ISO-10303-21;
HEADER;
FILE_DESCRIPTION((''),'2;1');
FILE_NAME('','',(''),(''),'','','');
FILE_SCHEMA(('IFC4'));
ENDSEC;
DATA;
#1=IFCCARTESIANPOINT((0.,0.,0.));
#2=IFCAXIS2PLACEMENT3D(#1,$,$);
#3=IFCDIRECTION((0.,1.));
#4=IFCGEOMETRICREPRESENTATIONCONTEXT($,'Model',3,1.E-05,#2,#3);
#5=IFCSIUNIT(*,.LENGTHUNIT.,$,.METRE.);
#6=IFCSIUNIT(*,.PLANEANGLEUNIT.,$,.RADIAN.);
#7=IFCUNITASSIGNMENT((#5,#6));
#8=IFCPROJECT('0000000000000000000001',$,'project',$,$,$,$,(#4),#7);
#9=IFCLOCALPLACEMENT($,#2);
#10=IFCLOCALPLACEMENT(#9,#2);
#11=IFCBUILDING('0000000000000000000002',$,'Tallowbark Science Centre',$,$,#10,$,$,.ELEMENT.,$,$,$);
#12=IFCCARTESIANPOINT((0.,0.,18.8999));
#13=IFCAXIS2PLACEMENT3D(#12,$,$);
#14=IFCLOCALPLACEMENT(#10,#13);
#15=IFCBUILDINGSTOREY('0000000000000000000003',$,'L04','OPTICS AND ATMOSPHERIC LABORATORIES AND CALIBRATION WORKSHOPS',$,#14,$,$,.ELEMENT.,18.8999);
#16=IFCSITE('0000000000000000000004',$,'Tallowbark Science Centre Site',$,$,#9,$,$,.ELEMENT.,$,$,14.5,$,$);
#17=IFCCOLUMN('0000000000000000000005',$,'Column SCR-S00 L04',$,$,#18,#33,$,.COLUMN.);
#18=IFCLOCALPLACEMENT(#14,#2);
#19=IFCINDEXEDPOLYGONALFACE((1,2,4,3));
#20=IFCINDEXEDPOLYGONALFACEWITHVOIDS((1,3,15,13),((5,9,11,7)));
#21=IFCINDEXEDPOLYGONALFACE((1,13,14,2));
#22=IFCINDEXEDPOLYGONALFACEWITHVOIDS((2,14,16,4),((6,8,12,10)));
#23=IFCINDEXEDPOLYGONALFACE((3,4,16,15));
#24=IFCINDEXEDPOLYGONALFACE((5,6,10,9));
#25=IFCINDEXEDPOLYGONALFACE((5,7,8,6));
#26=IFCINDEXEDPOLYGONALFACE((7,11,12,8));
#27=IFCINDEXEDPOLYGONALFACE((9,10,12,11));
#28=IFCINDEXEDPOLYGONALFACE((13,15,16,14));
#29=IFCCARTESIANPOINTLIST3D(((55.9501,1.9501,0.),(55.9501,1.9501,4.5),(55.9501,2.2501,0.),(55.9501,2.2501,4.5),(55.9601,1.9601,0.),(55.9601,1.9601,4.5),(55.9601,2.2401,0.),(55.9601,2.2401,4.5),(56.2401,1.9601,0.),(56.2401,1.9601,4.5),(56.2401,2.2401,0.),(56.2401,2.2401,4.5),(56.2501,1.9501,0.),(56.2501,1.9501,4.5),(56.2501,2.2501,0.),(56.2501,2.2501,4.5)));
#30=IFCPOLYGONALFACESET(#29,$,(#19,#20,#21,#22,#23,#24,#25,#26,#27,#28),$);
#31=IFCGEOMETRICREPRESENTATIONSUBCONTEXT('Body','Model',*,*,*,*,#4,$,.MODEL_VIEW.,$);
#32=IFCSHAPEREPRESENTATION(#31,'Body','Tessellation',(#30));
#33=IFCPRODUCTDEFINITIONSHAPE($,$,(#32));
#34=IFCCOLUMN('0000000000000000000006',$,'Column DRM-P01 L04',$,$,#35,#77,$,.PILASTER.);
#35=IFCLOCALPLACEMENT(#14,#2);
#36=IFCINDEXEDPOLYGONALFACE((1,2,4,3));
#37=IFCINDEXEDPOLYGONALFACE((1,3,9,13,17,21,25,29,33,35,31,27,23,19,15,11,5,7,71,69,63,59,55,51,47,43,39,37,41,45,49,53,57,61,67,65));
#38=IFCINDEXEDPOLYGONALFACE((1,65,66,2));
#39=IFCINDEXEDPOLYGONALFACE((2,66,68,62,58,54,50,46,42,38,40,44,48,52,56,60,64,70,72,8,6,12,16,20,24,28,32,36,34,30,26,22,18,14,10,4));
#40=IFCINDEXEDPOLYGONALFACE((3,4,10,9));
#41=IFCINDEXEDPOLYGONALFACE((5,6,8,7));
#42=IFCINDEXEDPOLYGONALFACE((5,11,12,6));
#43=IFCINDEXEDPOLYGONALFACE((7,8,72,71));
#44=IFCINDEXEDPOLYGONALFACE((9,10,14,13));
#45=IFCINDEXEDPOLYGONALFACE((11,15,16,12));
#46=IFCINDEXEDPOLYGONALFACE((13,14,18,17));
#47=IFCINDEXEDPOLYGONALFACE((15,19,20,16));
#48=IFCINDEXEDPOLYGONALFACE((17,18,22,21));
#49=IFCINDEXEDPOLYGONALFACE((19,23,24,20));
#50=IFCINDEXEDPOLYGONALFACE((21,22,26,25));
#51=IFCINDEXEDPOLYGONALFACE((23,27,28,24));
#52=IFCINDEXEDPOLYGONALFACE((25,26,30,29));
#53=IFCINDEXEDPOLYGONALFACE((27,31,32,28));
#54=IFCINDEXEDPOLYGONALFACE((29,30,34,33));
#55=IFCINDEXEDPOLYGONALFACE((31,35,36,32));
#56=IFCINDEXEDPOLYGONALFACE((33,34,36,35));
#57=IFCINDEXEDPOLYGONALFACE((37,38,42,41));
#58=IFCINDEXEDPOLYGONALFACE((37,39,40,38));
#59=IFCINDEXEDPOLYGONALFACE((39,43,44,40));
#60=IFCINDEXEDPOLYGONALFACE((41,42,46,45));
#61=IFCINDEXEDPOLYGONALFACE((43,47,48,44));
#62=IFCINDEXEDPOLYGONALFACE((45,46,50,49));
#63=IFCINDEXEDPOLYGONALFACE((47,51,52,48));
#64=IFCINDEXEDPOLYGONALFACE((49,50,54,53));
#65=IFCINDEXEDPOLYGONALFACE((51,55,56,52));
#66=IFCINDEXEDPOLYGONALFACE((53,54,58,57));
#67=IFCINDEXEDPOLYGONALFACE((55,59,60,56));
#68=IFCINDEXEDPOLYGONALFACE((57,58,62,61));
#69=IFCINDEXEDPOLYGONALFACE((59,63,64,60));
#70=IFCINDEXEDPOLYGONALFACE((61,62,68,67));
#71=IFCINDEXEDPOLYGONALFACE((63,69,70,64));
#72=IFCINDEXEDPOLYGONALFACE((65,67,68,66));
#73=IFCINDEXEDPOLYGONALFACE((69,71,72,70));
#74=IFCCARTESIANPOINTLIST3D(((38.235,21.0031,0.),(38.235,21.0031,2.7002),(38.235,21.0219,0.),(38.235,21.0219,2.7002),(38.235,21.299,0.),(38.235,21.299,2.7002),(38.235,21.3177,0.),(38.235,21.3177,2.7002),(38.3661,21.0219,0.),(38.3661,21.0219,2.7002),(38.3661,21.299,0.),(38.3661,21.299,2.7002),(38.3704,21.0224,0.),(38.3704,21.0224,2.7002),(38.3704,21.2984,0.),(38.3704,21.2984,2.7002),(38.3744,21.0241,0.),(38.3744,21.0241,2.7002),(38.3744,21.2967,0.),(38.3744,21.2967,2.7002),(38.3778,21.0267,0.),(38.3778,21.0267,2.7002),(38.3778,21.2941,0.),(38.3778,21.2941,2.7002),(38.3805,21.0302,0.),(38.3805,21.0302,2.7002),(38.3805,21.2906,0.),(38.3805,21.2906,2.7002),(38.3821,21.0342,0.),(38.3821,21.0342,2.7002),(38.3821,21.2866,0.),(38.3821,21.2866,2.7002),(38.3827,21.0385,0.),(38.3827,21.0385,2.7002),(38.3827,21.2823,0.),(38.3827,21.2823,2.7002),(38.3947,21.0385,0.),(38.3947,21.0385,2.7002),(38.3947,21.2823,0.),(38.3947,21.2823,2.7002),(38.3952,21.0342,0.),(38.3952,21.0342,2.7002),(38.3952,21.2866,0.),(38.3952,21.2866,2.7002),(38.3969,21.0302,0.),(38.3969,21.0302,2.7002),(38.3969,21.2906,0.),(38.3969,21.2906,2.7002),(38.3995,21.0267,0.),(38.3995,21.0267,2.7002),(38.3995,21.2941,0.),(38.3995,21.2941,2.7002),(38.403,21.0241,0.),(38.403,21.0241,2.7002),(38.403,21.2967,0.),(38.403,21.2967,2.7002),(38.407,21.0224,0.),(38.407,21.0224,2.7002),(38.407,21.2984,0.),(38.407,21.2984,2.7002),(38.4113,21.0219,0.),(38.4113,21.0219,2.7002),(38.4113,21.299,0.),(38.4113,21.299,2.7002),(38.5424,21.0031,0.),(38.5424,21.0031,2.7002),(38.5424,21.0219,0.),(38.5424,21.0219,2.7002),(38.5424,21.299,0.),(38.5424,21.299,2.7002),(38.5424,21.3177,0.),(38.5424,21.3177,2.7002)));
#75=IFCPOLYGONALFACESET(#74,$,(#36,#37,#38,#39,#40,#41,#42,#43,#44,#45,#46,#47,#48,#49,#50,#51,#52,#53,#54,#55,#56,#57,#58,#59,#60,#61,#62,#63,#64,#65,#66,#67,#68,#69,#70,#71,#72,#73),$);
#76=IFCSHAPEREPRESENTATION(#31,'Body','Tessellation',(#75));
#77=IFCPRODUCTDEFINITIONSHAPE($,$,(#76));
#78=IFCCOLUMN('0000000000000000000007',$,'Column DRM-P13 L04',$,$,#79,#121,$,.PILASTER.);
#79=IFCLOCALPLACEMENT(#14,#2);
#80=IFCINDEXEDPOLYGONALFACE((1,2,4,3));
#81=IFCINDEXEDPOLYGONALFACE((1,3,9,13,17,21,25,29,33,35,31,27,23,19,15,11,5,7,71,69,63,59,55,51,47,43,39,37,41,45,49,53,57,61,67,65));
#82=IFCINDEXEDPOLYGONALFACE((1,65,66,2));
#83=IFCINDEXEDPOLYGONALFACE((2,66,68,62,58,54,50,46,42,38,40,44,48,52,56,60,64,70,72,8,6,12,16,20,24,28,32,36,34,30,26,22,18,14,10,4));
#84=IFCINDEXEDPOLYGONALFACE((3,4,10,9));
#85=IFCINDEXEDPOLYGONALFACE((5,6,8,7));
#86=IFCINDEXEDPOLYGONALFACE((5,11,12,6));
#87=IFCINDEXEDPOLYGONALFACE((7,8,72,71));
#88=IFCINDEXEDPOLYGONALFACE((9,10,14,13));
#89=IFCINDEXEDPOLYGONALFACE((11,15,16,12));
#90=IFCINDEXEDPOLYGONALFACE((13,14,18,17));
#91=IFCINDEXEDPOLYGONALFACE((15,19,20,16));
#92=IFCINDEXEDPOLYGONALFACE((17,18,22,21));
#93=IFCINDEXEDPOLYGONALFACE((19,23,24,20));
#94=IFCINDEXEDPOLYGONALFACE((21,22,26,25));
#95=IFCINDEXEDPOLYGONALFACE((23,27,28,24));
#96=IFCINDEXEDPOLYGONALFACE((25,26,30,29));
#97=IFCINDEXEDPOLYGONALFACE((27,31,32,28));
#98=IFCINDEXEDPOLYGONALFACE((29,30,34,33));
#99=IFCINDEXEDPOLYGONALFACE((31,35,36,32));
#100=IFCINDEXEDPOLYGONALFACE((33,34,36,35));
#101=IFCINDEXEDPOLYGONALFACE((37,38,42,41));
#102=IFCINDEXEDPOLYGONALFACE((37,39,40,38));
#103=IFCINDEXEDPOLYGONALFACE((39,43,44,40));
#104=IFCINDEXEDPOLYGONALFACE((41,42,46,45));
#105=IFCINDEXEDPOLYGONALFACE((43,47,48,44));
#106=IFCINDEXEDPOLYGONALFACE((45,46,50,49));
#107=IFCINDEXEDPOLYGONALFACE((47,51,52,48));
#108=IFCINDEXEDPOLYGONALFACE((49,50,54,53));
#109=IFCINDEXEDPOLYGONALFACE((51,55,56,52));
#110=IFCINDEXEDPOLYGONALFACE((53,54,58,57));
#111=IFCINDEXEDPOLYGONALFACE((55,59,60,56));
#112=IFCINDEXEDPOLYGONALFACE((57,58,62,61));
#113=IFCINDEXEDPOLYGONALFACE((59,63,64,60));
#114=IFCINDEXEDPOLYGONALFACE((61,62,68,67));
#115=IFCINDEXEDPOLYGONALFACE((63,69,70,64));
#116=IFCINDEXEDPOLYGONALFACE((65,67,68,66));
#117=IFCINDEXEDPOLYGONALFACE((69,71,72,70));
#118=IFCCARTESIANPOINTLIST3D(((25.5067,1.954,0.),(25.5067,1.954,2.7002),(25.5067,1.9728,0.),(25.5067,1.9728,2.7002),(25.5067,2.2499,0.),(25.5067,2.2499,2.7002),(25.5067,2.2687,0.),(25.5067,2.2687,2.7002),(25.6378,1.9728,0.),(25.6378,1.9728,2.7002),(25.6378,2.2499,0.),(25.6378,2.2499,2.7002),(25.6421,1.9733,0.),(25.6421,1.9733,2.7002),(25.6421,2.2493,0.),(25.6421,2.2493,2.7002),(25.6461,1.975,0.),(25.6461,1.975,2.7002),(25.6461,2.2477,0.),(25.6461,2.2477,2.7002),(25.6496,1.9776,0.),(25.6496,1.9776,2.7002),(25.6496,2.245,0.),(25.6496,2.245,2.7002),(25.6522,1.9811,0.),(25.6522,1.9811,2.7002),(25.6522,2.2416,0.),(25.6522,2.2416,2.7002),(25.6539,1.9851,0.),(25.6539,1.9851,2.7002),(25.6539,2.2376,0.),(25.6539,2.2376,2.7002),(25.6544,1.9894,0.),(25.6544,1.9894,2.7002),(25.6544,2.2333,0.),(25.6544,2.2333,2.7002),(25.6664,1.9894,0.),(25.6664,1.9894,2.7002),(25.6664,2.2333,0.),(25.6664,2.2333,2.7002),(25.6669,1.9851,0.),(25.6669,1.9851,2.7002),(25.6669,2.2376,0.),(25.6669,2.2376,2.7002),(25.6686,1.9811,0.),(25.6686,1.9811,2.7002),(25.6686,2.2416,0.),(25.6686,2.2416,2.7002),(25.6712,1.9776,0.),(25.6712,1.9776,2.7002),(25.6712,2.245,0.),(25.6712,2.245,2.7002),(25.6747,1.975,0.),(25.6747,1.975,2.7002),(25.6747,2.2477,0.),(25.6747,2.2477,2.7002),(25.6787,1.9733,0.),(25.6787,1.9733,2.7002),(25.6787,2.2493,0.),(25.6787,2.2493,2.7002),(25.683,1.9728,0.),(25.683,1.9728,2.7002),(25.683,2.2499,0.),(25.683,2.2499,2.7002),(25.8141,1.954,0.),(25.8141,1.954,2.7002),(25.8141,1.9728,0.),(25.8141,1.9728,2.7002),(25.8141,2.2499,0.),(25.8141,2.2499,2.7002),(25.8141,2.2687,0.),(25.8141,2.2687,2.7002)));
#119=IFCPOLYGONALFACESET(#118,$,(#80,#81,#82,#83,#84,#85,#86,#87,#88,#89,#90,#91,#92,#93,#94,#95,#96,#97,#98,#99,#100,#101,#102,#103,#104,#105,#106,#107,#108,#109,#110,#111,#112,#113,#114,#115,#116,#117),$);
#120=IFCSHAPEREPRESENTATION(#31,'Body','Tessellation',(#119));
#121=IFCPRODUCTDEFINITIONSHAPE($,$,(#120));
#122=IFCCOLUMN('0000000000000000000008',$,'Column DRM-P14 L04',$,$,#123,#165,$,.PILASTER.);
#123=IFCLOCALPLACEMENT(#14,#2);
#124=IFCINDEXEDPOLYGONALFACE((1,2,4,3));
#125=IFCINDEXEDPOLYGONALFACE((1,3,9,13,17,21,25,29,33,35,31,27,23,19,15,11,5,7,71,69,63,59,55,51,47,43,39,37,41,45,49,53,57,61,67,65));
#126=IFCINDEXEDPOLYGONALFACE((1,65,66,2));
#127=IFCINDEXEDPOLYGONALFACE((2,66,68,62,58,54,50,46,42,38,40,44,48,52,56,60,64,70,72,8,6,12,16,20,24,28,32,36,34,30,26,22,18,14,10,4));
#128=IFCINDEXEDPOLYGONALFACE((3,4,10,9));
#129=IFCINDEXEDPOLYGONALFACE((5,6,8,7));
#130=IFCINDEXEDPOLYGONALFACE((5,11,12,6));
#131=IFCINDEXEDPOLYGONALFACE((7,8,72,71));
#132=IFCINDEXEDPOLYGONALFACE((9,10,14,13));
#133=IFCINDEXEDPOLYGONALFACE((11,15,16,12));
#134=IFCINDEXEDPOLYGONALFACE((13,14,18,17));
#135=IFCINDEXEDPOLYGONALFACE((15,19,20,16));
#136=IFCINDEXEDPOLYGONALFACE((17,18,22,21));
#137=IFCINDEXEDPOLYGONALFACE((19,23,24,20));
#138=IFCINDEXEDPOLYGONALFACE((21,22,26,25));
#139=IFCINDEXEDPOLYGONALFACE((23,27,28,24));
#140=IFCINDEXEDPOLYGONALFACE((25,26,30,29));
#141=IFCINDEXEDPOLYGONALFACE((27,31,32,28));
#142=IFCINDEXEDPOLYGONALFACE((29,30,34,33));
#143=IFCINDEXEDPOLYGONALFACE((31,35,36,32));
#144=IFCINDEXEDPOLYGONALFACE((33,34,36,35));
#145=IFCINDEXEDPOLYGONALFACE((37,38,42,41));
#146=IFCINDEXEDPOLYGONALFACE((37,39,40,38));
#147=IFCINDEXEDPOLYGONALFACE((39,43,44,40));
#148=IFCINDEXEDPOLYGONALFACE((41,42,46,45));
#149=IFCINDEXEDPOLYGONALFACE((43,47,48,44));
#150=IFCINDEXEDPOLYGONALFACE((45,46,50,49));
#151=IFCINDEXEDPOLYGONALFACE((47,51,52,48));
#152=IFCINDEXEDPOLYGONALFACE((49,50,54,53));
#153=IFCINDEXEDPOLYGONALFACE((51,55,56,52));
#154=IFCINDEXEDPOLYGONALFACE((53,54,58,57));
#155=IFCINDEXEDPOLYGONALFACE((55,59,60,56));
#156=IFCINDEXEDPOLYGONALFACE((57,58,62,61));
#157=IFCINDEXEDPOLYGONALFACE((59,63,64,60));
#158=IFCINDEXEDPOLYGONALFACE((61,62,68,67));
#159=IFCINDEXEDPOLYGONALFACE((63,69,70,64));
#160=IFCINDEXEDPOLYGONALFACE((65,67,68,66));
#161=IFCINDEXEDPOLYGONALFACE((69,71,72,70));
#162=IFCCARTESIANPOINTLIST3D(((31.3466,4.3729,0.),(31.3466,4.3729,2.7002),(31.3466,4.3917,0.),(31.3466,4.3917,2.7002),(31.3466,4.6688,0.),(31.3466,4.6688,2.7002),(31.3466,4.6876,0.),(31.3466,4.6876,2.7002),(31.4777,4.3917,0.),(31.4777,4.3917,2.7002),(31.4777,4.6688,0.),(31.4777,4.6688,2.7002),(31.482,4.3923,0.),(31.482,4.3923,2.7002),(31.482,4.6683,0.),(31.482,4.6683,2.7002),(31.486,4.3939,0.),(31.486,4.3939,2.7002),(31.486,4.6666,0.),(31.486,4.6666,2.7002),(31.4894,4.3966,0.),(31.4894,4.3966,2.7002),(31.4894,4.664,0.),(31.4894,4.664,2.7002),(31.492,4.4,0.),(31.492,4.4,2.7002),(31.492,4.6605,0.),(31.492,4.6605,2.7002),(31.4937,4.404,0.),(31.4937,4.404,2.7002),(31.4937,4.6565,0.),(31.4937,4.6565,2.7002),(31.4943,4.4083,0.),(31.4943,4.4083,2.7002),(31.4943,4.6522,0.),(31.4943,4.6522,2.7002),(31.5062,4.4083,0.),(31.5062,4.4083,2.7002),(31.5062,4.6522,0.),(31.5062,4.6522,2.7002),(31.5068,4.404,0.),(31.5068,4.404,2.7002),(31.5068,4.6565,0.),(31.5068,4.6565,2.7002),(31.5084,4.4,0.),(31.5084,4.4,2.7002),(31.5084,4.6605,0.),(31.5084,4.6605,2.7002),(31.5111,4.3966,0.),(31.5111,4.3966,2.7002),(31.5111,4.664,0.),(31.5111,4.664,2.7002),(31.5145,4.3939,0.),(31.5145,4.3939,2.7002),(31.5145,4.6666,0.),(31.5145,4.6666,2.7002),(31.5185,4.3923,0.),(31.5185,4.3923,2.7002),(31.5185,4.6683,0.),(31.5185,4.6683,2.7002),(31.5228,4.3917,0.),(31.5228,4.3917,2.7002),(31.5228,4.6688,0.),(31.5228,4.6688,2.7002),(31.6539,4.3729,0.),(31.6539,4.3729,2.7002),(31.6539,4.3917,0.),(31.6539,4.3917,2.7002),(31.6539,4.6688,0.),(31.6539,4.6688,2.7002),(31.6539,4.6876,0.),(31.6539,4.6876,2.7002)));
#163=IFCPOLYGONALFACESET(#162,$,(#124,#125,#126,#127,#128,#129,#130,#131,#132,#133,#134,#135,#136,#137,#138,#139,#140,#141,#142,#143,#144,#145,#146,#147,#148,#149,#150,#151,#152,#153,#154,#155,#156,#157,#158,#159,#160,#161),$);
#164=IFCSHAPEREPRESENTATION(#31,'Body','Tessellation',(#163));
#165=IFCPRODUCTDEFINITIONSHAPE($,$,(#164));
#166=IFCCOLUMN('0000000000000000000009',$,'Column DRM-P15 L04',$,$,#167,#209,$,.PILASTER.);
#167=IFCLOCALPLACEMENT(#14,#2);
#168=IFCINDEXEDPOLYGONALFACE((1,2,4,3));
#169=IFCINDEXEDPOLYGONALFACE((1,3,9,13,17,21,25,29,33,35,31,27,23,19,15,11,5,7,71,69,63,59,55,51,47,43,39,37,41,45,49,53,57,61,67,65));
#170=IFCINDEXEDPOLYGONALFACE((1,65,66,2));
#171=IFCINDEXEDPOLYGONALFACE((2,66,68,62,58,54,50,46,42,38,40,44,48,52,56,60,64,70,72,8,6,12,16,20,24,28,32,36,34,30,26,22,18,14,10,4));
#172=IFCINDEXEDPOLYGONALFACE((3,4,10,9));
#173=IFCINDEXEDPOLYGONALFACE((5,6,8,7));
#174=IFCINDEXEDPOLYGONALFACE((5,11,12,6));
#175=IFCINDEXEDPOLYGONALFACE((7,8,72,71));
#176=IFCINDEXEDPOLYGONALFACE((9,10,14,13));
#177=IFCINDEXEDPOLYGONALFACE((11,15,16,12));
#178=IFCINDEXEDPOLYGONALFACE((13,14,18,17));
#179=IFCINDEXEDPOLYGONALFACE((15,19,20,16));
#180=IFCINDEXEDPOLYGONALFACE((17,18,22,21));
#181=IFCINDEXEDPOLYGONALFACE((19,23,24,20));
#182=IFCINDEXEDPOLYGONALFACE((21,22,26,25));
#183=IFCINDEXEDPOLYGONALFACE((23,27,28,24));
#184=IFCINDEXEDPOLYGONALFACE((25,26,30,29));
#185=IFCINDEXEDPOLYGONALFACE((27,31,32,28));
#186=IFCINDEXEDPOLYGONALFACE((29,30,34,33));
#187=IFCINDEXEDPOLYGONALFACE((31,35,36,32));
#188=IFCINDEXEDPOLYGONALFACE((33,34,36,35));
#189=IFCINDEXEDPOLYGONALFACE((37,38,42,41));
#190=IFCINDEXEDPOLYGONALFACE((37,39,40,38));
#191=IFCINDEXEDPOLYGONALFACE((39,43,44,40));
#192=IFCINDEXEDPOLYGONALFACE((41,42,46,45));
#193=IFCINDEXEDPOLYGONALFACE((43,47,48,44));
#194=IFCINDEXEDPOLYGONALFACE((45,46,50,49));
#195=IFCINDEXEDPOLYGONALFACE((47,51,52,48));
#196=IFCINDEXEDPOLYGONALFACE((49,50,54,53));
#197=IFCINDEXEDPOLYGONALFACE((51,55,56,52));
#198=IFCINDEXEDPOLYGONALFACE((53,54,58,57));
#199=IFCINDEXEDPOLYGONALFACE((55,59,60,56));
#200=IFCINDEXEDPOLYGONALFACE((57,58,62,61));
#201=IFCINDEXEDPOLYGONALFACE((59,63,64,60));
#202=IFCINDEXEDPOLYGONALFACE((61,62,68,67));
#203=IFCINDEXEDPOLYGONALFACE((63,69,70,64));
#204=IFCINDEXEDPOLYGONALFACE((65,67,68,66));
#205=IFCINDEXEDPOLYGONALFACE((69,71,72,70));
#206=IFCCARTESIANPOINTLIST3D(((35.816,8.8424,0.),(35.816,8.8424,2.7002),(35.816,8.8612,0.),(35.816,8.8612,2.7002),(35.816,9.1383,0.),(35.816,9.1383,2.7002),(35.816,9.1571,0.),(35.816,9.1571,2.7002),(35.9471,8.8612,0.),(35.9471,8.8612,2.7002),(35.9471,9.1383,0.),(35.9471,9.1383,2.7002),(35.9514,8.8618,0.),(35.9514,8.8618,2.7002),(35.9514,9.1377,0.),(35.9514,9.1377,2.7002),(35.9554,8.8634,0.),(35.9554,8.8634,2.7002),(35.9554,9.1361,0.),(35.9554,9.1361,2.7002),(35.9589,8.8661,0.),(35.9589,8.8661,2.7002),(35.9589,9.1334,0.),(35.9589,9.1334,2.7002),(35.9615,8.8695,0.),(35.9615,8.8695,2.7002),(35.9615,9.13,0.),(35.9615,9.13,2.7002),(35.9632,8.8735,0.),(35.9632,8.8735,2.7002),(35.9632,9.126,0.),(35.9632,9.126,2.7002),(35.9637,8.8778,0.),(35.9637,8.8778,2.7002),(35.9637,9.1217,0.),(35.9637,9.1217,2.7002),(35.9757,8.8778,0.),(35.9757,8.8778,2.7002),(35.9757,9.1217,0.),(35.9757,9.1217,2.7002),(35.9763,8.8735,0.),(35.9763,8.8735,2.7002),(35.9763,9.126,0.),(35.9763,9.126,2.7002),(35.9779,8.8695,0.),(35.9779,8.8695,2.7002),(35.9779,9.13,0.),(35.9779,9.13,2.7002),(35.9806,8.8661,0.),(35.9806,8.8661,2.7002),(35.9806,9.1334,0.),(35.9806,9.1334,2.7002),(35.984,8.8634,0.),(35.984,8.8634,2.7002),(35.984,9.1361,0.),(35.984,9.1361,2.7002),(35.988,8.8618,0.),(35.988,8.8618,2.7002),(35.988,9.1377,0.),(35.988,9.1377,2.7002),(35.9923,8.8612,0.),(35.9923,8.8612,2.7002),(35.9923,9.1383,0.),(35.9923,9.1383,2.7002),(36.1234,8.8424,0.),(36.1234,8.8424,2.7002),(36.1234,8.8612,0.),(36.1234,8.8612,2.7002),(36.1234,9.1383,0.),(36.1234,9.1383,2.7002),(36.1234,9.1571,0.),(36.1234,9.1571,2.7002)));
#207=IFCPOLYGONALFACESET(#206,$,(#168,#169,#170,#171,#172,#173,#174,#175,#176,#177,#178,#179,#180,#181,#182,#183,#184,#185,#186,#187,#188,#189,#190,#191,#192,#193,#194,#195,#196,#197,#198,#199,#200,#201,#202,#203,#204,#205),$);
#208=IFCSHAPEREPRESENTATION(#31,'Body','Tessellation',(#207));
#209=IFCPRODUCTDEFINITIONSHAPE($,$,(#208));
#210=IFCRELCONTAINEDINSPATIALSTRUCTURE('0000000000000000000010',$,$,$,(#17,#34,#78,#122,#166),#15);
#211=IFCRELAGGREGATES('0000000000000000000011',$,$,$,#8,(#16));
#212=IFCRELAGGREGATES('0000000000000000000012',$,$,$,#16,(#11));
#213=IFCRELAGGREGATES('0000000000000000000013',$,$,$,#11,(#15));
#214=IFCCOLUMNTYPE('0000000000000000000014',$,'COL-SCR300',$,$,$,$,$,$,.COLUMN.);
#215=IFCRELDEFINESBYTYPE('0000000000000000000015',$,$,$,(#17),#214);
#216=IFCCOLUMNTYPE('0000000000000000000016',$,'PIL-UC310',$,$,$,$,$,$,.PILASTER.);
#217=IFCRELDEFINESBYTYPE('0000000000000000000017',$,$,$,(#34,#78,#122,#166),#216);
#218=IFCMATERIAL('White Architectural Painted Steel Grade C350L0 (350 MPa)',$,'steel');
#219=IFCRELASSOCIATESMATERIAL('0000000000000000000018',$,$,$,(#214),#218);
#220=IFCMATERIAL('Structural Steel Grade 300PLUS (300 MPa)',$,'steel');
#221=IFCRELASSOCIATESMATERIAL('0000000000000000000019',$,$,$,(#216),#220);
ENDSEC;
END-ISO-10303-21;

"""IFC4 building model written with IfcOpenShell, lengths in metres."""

from ifc_helpers import new_model, si_unit, direction, frame, origin, origin_2d, place, context, subcontext, project, spatial, hollow_rectangle, i_section, extrude, material, material_profile, profile_set, type_object, element, save


model = new_model("IFC4")

# Units and contexts
model_context = context("Model", 3, precision=1e-05, world=origin(), true_north=direction((0.0, 1.0)))
body_context = subcontext(model_context, "Body", "Model", "MODEL_VIEW")
ifc_project = project(units=[si_unit("LENGTHUNIT", "METRE"), si_unit("PLANEANGLEUNIT", "RADIAN")], contexts=[model_context])

# Site, building, storey
site_placement = place(None, origin())
site = spatial("IfcSite", under=ifc_project, at=site_placement, Name="Tallowbark Science Centre Site", CompositionType="ELEMENT", RefElevation=14.5)
building_placement = place(site_placement, origin())
building = spatial("IfcBuilding", under=site, at=building_placement, Name="Tallowbark Science Centre", CompositionType="ELEMENT")
storey_placement = place(building_placement, frame((0.0, 0.0, 18.8999)))
storey = spatial("IfcBuildingStorey", under=building, at=storey_placement, Name="L04", Description="OPTICS AND ATMOSPHERIC LABORATORIES AND CALIBRATION WORKSHOPS", CompositionType="ELEMENT", Elevation=18.8999)

# Columns
ifc_material_1 = material(Name="White Architectural Painted Steel Grade C350L0 (350 MPa)", Category="steel")
ifc_material_profile_1 = material_profile(ifc_material_1, hollow_rectangle(XDim=0.3, YDim=0.3, WallThickness=0.01, at=origin_2d()), Name="300x300x10.0SHS")
ifc_profile_set_1 = profile_set([ifc_material_profile_1], Name="White Architectural Painted Steel Grade C350L0 (350 MPa)")
column_type_1 = type_object("IfcColumnType", Name="COL-SCR300", PredefinedType="COLUMN", material=ifc_profile_set_1)
column_placement = place(storey_placement, frame((56.1001, 2.1001, 0.0), z_axis=(0.0, 0.0, 1.0), x_axis=(1.0, 0.0, 0.0)))
element("IfcColumn", 1, at=column_placement, inside=storey, type_object=column_type_1, Name="Column SCR-S00 L04", PredefinedType="COLUMN", context=body_context, shape_type="SweptSolid", body=[
    extrude(hollow_rectangle(XDim=0.3, YDim=0.3, WallThickness=0.01, at=origin_2d()), origin(), (0.0, 0.0, 1.0), 4.5),
])
ifc_material_2 = material(Name="Structural Steel Grade 300PLUS (300 MPa)", Category="steel")
ifc_material_profile_2 = material_profile(ifc_material_2, i_section(OverallWidth=0.3074, OverallDepth=0.3147, WebThickness=0.012, FlangeThickness=0.0188, FilletRadius=0.0166, at=origin_2d()), Name="310UC118")
ifc_profile_set_2 = profile_set([ifc_material_profile_2], Name="Structural Steel Grade 300PLUS (300 MPa)")
column_type_2 = type_object("IfcColumnType", Name="PIL-UC310", PredefinedType="PILASTER", material=ifc_profile_set_2)
for number, where, z_axis, x_axis, name in (
    (2, (38.3887, 21.1604, 0.0), (0.0, 0.0, 1.0), (1.0, 0.0, 0.0), "Column DRM-P01 L04"),
    (3, (25.6604, 2.1113, 0.0), (0.0, 0.0, 1.0), (1.0, 0.0, 0.0), "Column DRM-P13 L04"),
    (4, (31.5002, 4.5303, 0.0), (0.0, 0.0, 1.0), (1.0, 0.0, 0.0), "Column DRM-P14 L04"),
    (5, (35.9697, 8.9998, 0.0), (0.0, 0.0, 1.0), (1.0, 0.0, 0.0), "Column DRM-P15 L04"),
):
    element("IfcColumn", number, at=place(storey_placement, frame(where, z_axis=z_axis, x_axis=x_axis)), inside=storey, type_object=column_type_2, Name=name, PredefinedType="PILASTER", context=body_context, shape_type="SweptSolid", body=[
        extrude(i_section(OverallWidth=0.3074, OverallDepth=0.3147, WebThickness=0.012, FlangeThickness=0.0188, FilletRadius=0.0166, at=origin_2d()), origin(), (0.0, 0.0, 1.0), 2.7002),
    ])

save(model, "model.ifc")
